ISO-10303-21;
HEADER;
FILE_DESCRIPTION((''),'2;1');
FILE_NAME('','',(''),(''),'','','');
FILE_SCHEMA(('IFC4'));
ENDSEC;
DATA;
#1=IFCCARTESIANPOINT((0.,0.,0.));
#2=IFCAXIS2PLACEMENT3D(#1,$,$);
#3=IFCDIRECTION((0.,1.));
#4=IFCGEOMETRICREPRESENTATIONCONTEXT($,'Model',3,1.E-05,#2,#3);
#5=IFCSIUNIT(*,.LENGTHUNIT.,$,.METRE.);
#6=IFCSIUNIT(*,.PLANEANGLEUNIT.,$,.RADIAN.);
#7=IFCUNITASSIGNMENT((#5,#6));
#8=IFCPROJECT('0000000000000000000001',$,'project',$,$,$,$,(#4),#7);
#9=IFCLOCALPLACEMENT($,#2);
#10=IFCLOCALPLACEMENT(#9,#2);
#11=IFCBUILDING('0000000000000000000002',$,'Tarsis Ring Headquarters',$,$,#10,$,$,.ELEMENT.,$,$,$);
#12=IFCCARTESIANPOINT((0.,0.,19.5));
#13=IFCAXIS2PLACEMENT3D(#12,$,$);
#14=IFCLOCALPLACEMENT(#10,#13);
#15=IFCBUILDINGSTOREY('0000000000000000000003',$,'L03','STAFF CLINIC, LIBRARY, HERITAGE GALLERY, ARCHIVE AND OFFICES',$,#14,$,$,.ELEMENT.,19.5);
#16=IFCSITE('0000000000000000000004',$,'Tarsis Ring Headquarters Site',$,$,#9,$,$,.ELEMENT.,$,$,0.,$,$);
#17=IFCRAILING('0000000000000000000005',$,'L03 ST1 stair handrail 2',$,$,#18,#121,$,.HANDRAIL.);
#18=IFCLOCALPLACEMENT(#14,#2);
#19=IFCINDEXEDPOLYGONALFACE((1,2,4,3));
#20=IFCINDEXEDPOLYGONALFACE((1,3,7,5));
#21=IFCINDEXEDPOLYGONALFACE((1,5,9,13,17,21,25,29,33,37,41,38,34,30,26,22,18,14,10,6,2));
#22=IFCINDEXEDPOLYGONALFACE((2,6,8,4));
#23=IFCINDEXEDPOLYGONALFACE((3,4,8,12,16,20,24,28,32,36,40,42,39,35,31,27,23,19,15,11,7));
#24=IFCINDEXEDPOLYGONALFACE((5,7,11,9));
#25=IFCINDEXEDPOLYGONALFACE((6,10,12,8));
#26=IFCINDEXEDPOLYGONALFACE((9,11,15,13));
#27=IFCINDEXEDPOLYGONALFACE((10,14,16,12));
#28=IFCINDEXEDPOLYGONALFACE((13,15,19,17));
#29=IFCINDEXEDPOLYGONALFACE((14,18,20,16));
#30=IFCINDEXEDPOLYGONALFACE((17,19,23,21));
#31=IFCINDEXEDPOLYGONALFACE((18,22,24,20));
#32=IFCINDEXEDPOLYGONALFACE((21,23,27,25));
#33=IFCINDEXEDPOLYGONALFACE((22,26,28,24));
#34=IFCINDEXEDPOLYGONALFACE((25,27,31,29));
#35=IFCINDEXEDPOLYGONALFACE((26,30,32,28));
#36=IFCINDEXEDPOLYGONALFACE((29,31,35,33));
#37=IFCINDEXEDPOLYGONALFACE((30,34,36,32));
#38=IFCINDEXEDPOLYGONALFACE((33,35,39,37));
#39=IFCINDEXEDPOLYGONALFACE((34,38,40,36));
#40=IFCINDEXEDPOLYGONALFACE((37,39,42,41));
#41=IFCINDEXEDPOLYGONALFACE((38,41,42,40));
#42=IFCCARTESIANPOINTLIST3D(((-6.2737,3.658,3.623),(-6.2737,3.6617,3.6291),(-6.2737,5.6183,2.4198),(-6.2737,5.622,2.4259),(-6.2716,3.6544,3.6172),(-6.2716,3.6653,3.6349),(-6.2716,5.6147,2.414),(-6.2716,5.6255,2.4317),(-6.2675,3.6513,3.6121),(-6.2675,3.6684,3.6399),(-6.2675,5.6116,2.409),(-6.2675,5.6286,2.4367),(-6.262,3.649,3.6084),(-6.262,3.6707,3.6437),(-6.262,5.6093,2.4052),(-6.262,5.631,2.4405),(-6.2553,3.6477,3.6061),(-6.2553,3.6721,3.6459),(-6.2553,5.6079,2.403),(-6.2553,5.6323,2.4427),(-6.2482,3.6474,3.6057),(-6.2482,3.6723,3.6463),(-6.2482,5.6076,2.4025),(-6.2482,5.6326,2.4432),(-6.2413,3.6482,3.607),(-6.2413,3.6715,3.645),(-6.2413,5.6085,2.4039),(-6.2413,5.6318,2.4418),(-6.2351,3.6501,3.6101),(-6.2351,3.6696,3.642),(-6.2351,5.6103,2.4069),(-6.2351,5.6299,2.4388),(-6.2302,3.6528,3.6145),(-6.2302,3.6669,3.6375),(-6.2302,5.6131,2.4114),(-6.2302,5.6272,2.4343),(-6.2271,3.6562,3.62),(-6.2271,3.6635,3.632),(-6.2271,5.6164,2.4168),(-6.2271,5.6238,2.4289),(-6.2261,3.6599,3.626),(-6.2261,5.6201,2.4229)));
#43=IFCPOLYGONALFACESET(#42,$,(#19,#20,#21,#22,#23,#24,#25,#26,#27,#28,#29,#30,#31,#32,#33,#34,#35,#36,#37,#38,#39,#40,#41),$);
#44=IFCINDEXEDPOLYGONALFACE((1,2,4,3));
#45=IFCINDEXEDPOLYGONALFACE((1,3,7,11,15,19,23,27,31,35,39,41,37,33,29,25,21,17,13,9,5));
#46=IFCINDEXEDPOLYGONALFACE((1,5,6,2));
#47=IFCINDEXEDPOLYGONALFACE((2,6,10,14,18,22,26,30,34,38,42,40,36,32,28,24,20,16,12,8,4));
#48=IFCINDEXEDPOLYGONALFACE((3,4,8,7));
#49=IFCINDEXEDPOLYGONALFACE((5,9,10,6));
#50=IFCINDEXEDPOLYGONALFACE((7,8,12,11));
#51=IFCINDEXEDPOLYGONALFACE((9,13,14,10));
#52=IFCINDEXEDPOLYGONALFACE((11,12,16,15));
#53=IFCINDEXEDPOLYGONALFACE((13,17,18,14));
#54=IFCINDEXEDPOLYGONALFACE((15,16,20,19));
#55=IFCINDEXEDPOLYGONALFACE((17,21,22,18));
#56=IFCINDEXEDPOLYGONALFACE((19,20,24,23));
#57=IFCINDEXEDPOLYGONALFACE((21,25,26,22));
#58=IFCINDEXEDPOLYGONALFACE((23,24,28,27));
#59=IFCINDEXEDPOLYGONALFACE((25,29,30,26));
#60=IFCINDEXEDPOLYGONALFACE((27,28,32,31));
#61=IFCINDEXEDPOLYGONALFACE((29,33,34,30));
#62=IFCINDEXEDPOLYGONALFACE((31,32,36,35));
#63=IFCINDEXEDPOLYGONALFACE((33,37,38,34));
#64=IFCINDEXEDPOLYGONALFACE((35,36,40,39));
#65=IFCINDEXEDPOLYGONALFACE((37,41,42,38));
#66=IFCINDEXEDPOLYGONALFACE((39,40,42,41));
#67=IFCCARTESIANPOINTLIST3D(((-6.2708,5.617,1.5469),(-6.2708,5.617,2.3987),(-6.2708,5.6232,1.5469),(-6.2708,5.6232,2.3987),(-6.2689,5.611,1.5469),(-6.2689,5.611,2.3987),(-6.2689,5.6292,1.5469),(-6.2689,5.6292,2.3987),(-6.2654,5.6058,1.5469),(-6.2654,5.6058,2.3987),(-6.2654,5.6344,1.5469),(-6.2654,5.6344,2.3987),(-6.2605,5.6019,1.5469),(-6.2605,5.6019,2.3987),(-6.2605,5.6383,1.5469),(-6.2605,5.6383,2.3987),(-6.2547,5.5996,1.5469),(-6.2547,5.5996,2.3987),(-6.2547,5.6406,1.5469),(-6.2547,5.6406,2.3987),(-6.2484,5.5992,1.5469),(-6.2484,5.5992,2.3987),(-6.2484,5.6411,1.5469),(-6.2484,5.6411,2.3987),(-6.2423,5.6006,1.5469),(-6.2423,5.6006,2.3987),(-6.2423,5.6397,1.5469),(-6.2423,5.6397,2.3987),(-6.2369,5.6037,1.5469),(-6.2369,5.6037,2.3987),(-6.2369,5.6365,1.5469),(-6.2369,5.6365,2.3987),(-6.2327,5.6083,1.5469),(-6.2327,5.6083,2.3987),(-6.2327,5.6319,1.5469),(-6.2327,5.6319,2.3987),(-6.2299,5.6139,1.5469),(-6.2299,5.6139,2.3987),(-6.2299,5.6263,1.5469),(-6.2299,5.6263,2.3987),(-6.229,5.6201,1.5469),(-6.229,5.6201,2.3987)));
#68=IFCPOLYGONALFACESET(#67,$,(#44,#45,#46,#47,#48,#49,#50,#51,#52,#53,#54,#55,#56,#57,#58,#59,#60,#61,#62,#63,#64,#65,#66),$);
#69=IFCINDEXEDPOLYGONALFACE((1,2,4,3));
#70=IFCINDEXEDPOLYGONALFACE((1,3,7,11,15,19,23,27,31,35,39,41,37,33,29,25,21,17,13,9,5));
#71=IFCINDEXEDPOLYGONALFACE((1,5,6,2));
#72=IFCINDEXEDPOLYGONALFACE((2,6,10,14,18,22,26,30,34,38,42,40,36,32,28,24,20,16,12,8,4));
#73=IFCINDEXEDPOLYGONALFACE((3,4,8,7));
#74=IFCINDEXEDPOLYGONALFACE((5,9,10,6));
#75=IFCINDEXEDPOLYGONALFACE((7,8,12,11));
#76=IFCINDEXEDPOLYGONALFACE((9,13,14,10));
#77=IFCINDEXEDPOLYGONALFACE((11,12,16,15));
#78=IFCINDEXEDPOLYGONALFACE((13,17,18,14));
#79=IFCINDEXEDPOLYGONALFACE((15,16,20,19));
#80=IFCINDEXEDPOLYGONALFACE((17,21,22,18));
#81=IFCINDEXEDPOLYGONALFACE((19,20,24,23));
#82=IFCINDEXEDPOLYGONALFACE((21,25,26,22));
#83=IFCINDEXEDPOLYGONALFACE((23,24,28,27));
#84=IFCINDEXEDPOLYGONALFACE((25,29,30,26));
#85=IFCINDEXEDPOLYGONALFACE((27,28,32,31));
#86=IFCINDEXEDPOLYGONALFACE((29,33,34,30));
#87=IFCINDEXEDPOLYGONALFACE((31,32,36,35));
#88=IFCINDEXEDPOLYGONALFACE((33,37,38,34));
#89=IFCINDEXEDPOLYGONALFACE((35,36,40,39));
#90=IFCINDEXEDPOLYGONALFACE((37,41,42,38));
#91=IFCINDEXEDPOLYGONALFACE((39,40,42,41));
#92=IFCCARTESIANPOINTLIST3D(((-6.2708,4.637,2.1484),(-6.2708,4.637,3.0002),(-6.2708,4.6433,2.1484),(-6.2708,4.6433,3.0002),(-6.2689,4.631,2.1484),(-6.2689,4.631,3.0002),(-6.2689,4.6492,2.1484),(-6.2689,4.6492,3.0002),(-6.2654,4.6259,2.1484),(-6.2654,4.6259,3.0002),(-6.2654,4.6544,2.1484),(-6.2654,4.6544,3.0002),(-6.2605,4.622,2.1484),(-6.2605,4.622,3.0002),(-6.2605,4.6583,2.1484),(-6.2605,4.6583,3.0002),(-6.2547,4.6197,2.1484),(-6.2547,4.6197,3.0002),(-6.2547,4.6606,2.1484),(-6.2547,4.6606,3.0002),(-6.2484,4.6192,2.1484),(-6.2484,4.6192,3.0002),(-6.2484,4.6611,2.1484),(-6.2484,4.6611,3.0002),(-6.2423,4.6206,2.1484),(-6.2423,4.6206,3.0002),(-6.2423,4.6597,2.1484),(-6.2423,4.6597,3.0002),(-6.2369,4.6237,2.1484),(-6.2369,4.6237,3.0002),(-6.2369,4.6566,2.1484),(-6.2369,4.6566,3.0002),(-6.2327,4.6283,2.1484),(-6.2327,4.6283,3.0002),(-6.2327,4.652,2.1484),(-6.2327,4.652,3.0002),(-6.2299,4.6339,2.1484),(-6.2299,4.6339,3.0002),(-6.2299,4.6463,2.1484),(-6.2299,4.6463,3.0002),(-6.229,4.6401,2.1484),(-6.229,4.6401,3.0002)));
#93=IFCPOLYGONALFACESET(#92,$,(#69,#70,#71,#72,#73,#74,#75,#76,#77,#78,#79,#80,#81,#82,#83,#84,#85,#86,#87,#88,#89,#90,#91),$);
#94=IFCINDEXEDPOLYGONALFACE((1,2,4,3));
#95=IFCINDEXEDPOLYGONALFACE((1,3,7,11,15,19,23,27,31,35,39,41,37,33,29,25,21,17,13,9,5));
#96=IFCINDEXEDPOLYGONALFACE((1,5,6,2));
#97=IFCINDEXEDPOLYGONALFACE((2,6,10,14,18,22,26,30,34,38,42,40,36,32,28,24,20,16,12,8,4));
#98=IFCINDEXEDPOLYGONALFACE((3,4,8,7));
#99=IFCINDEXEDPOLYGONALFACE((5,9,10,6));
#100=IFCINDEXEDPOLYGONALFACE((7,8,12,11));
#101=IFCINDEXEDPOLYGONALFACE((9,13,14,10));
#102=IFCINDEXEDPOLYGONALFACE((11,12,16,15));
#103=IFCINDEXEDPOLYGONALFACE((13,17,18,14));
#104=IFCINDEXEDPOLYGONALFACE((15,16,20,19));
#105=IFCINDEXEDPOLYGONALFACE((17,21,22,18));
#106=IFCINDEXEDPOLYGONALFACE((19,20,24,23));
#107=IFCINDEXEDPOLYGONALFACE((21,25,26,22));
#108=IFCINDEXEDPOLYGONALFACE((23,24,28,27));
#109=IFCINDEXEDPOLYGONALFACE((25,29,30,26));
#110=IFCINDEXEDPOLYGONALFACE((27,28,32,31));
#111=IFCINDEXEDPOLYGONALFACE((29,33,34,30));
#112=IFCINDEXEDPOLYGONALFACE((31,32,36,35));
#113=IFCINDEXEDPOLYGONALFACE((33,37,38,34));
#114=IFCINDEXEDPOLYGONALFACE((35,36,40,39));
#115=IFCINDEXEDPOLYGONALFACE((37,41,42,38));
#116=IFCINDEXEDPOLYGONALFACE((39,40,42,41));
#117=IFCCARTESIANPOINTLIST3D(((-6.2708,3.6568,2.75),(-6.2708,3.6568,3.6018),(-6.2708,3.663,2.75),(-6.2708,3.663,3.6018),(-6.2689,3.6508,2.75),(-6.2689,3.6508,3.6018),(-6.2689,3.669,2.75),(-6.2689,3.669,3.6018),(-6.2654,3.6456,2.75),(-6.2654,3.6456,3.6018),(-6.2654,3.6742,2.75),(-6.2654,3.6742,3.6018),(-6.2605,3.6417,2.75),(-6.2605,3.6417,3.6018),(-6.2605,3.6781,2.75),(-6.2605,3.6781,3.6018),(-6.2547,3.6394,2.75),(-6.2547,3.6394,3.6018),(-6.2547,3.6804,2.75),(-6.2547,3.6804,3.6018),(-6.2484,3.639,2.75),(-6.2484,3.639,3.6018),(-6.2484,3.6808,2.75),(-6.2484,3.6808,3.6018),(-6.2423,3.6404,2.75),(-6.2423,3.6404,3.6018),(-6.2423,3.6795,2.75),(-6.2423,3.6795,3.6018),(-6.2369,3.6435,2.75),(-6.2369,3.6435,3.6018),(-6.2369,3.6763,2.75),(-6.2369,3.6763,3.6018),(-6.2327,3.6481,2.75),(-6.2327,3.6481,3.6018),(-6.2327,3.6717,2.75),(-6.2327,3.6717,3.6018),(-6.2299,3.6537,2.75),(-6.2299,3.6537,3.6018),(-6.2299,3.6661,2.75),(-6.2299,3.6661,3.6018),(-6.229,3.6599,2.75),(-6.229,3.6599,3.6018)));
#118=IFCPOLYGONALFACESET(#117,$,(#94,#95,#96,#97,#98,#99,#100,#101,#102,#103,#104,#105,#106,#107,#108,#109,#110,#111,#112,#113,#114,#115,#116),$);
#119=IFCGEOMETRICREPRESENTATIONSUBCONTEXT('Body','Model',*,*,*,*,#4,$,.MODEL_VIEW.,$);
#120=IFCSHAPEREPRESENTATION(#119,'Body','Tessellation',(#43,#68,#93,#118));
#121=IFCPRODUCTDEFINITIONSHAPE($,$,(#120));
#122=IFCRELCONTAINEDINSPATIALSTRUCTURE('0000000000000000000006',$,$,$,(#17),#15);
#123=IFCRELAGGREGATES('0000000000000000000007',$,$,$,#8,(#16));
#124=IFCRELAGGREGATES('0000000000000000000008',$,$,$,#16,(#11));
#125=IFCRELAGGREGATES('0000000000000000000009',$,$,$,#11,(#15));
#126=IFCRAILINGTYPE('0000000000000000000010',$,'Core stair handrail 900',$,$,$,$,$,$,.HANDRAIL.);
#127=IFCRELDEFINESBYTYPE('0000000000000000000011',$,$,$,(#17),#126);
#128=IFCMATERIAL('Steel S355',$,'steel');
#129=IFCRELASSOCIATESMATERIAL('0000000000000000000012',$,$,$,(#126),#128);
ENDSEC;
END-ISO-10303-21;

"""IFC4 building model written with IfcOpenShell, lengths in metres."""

from ifc_helpers import new_model, si_unit, direction, frame, origin, origin_2d, place, context, subcontext, project, spatial, circle, extrude, material, type_object, element, save


model = new_model("IFC4")

# Units and contexts
model_context = context("Model", 3, precision=1e-05, world=origin(), true_north=direction((0.0, 1.0)))
body_context = subcontext(model_context, "Body", "Model", "MODEL_VIEW")
ifc_project = project(units=[si_unit("LENGTHUNIT", "METRE"), si_unit("PLANEANGLEUNIT", "RADIAN")], contexts=[model_context])

# Site, building, storey
site_placement = place(None, origin())
site = spatial("IfcSite", under=ifc_project, at=site_placement, Name="Tarsis Ring Headquarters Site", CompositionType="ELEMENT", RefElevation=0.0)
building_placement = place(site_placement, origin())
building = spatial("IfcBuilding", under=site, at=building_placement, Name="Tarsis Ring Headquarters", CompositionType="ELEMENT")
storey_placement = place(building_placement, frame((0.0, 0.0, 19.5)))
storey = spatial("IfcBuildingStorey", under=building, at=storey_placement, Name="L03", Description="STAFF CLINIC, LIBRARY, HERITAGE GALLERY, ARCHIVE AND OFFICES", CompositionType="ELEMENT", Elevation=19.5)

# Shared definitions
ifc_material_1 = material(Name="Steel S355", Category="steel")

# Railing
railing_type_1 = type_object("IfcRailingType", Name="Core stair handrail 900", PredefinedType="HANDRAIL", material=ifc_material_1)
railing_1_placement = place(storey_placement, frame((-6.25, 5.6201, 1.5469)))
element("IfcRailing", 1, at=railing_1_placement, inside=storey, type_object=railing_type_1, Name="L03 ST1 stair handrail 2", PredefinedType="HANDRAIL", context=body_context, shape_type="SweptSolid", body=[
    extrude(circle(Radius=0.0239, at=origin_2d()), frame((0.0, 0.0, 0.876), z_axis=(0.0, -0.85227, 0.523102), x_axis=(1.0, 0.0, 0.0)), (0.0, 0.0, 1.0), 2.3),
    extrude(circle(Radius=0.021, at=origin_2d()), origin(), (0.0, 0.0, 1.0), 0.8518),
    extrude(circle(Radius=0.021, at=origin_2d()), frame((0.0, -0.98, 0.6016)), (0.0, 0.0, 1.0), 0.8518),
    extrude(circle(Radius=0.021, at=origin_2d()), frame((0.0, -1.9602, 1.2031)), (0.0, 0.0, 1.0), 0.8518),
])

save(model, "model.ifc")
